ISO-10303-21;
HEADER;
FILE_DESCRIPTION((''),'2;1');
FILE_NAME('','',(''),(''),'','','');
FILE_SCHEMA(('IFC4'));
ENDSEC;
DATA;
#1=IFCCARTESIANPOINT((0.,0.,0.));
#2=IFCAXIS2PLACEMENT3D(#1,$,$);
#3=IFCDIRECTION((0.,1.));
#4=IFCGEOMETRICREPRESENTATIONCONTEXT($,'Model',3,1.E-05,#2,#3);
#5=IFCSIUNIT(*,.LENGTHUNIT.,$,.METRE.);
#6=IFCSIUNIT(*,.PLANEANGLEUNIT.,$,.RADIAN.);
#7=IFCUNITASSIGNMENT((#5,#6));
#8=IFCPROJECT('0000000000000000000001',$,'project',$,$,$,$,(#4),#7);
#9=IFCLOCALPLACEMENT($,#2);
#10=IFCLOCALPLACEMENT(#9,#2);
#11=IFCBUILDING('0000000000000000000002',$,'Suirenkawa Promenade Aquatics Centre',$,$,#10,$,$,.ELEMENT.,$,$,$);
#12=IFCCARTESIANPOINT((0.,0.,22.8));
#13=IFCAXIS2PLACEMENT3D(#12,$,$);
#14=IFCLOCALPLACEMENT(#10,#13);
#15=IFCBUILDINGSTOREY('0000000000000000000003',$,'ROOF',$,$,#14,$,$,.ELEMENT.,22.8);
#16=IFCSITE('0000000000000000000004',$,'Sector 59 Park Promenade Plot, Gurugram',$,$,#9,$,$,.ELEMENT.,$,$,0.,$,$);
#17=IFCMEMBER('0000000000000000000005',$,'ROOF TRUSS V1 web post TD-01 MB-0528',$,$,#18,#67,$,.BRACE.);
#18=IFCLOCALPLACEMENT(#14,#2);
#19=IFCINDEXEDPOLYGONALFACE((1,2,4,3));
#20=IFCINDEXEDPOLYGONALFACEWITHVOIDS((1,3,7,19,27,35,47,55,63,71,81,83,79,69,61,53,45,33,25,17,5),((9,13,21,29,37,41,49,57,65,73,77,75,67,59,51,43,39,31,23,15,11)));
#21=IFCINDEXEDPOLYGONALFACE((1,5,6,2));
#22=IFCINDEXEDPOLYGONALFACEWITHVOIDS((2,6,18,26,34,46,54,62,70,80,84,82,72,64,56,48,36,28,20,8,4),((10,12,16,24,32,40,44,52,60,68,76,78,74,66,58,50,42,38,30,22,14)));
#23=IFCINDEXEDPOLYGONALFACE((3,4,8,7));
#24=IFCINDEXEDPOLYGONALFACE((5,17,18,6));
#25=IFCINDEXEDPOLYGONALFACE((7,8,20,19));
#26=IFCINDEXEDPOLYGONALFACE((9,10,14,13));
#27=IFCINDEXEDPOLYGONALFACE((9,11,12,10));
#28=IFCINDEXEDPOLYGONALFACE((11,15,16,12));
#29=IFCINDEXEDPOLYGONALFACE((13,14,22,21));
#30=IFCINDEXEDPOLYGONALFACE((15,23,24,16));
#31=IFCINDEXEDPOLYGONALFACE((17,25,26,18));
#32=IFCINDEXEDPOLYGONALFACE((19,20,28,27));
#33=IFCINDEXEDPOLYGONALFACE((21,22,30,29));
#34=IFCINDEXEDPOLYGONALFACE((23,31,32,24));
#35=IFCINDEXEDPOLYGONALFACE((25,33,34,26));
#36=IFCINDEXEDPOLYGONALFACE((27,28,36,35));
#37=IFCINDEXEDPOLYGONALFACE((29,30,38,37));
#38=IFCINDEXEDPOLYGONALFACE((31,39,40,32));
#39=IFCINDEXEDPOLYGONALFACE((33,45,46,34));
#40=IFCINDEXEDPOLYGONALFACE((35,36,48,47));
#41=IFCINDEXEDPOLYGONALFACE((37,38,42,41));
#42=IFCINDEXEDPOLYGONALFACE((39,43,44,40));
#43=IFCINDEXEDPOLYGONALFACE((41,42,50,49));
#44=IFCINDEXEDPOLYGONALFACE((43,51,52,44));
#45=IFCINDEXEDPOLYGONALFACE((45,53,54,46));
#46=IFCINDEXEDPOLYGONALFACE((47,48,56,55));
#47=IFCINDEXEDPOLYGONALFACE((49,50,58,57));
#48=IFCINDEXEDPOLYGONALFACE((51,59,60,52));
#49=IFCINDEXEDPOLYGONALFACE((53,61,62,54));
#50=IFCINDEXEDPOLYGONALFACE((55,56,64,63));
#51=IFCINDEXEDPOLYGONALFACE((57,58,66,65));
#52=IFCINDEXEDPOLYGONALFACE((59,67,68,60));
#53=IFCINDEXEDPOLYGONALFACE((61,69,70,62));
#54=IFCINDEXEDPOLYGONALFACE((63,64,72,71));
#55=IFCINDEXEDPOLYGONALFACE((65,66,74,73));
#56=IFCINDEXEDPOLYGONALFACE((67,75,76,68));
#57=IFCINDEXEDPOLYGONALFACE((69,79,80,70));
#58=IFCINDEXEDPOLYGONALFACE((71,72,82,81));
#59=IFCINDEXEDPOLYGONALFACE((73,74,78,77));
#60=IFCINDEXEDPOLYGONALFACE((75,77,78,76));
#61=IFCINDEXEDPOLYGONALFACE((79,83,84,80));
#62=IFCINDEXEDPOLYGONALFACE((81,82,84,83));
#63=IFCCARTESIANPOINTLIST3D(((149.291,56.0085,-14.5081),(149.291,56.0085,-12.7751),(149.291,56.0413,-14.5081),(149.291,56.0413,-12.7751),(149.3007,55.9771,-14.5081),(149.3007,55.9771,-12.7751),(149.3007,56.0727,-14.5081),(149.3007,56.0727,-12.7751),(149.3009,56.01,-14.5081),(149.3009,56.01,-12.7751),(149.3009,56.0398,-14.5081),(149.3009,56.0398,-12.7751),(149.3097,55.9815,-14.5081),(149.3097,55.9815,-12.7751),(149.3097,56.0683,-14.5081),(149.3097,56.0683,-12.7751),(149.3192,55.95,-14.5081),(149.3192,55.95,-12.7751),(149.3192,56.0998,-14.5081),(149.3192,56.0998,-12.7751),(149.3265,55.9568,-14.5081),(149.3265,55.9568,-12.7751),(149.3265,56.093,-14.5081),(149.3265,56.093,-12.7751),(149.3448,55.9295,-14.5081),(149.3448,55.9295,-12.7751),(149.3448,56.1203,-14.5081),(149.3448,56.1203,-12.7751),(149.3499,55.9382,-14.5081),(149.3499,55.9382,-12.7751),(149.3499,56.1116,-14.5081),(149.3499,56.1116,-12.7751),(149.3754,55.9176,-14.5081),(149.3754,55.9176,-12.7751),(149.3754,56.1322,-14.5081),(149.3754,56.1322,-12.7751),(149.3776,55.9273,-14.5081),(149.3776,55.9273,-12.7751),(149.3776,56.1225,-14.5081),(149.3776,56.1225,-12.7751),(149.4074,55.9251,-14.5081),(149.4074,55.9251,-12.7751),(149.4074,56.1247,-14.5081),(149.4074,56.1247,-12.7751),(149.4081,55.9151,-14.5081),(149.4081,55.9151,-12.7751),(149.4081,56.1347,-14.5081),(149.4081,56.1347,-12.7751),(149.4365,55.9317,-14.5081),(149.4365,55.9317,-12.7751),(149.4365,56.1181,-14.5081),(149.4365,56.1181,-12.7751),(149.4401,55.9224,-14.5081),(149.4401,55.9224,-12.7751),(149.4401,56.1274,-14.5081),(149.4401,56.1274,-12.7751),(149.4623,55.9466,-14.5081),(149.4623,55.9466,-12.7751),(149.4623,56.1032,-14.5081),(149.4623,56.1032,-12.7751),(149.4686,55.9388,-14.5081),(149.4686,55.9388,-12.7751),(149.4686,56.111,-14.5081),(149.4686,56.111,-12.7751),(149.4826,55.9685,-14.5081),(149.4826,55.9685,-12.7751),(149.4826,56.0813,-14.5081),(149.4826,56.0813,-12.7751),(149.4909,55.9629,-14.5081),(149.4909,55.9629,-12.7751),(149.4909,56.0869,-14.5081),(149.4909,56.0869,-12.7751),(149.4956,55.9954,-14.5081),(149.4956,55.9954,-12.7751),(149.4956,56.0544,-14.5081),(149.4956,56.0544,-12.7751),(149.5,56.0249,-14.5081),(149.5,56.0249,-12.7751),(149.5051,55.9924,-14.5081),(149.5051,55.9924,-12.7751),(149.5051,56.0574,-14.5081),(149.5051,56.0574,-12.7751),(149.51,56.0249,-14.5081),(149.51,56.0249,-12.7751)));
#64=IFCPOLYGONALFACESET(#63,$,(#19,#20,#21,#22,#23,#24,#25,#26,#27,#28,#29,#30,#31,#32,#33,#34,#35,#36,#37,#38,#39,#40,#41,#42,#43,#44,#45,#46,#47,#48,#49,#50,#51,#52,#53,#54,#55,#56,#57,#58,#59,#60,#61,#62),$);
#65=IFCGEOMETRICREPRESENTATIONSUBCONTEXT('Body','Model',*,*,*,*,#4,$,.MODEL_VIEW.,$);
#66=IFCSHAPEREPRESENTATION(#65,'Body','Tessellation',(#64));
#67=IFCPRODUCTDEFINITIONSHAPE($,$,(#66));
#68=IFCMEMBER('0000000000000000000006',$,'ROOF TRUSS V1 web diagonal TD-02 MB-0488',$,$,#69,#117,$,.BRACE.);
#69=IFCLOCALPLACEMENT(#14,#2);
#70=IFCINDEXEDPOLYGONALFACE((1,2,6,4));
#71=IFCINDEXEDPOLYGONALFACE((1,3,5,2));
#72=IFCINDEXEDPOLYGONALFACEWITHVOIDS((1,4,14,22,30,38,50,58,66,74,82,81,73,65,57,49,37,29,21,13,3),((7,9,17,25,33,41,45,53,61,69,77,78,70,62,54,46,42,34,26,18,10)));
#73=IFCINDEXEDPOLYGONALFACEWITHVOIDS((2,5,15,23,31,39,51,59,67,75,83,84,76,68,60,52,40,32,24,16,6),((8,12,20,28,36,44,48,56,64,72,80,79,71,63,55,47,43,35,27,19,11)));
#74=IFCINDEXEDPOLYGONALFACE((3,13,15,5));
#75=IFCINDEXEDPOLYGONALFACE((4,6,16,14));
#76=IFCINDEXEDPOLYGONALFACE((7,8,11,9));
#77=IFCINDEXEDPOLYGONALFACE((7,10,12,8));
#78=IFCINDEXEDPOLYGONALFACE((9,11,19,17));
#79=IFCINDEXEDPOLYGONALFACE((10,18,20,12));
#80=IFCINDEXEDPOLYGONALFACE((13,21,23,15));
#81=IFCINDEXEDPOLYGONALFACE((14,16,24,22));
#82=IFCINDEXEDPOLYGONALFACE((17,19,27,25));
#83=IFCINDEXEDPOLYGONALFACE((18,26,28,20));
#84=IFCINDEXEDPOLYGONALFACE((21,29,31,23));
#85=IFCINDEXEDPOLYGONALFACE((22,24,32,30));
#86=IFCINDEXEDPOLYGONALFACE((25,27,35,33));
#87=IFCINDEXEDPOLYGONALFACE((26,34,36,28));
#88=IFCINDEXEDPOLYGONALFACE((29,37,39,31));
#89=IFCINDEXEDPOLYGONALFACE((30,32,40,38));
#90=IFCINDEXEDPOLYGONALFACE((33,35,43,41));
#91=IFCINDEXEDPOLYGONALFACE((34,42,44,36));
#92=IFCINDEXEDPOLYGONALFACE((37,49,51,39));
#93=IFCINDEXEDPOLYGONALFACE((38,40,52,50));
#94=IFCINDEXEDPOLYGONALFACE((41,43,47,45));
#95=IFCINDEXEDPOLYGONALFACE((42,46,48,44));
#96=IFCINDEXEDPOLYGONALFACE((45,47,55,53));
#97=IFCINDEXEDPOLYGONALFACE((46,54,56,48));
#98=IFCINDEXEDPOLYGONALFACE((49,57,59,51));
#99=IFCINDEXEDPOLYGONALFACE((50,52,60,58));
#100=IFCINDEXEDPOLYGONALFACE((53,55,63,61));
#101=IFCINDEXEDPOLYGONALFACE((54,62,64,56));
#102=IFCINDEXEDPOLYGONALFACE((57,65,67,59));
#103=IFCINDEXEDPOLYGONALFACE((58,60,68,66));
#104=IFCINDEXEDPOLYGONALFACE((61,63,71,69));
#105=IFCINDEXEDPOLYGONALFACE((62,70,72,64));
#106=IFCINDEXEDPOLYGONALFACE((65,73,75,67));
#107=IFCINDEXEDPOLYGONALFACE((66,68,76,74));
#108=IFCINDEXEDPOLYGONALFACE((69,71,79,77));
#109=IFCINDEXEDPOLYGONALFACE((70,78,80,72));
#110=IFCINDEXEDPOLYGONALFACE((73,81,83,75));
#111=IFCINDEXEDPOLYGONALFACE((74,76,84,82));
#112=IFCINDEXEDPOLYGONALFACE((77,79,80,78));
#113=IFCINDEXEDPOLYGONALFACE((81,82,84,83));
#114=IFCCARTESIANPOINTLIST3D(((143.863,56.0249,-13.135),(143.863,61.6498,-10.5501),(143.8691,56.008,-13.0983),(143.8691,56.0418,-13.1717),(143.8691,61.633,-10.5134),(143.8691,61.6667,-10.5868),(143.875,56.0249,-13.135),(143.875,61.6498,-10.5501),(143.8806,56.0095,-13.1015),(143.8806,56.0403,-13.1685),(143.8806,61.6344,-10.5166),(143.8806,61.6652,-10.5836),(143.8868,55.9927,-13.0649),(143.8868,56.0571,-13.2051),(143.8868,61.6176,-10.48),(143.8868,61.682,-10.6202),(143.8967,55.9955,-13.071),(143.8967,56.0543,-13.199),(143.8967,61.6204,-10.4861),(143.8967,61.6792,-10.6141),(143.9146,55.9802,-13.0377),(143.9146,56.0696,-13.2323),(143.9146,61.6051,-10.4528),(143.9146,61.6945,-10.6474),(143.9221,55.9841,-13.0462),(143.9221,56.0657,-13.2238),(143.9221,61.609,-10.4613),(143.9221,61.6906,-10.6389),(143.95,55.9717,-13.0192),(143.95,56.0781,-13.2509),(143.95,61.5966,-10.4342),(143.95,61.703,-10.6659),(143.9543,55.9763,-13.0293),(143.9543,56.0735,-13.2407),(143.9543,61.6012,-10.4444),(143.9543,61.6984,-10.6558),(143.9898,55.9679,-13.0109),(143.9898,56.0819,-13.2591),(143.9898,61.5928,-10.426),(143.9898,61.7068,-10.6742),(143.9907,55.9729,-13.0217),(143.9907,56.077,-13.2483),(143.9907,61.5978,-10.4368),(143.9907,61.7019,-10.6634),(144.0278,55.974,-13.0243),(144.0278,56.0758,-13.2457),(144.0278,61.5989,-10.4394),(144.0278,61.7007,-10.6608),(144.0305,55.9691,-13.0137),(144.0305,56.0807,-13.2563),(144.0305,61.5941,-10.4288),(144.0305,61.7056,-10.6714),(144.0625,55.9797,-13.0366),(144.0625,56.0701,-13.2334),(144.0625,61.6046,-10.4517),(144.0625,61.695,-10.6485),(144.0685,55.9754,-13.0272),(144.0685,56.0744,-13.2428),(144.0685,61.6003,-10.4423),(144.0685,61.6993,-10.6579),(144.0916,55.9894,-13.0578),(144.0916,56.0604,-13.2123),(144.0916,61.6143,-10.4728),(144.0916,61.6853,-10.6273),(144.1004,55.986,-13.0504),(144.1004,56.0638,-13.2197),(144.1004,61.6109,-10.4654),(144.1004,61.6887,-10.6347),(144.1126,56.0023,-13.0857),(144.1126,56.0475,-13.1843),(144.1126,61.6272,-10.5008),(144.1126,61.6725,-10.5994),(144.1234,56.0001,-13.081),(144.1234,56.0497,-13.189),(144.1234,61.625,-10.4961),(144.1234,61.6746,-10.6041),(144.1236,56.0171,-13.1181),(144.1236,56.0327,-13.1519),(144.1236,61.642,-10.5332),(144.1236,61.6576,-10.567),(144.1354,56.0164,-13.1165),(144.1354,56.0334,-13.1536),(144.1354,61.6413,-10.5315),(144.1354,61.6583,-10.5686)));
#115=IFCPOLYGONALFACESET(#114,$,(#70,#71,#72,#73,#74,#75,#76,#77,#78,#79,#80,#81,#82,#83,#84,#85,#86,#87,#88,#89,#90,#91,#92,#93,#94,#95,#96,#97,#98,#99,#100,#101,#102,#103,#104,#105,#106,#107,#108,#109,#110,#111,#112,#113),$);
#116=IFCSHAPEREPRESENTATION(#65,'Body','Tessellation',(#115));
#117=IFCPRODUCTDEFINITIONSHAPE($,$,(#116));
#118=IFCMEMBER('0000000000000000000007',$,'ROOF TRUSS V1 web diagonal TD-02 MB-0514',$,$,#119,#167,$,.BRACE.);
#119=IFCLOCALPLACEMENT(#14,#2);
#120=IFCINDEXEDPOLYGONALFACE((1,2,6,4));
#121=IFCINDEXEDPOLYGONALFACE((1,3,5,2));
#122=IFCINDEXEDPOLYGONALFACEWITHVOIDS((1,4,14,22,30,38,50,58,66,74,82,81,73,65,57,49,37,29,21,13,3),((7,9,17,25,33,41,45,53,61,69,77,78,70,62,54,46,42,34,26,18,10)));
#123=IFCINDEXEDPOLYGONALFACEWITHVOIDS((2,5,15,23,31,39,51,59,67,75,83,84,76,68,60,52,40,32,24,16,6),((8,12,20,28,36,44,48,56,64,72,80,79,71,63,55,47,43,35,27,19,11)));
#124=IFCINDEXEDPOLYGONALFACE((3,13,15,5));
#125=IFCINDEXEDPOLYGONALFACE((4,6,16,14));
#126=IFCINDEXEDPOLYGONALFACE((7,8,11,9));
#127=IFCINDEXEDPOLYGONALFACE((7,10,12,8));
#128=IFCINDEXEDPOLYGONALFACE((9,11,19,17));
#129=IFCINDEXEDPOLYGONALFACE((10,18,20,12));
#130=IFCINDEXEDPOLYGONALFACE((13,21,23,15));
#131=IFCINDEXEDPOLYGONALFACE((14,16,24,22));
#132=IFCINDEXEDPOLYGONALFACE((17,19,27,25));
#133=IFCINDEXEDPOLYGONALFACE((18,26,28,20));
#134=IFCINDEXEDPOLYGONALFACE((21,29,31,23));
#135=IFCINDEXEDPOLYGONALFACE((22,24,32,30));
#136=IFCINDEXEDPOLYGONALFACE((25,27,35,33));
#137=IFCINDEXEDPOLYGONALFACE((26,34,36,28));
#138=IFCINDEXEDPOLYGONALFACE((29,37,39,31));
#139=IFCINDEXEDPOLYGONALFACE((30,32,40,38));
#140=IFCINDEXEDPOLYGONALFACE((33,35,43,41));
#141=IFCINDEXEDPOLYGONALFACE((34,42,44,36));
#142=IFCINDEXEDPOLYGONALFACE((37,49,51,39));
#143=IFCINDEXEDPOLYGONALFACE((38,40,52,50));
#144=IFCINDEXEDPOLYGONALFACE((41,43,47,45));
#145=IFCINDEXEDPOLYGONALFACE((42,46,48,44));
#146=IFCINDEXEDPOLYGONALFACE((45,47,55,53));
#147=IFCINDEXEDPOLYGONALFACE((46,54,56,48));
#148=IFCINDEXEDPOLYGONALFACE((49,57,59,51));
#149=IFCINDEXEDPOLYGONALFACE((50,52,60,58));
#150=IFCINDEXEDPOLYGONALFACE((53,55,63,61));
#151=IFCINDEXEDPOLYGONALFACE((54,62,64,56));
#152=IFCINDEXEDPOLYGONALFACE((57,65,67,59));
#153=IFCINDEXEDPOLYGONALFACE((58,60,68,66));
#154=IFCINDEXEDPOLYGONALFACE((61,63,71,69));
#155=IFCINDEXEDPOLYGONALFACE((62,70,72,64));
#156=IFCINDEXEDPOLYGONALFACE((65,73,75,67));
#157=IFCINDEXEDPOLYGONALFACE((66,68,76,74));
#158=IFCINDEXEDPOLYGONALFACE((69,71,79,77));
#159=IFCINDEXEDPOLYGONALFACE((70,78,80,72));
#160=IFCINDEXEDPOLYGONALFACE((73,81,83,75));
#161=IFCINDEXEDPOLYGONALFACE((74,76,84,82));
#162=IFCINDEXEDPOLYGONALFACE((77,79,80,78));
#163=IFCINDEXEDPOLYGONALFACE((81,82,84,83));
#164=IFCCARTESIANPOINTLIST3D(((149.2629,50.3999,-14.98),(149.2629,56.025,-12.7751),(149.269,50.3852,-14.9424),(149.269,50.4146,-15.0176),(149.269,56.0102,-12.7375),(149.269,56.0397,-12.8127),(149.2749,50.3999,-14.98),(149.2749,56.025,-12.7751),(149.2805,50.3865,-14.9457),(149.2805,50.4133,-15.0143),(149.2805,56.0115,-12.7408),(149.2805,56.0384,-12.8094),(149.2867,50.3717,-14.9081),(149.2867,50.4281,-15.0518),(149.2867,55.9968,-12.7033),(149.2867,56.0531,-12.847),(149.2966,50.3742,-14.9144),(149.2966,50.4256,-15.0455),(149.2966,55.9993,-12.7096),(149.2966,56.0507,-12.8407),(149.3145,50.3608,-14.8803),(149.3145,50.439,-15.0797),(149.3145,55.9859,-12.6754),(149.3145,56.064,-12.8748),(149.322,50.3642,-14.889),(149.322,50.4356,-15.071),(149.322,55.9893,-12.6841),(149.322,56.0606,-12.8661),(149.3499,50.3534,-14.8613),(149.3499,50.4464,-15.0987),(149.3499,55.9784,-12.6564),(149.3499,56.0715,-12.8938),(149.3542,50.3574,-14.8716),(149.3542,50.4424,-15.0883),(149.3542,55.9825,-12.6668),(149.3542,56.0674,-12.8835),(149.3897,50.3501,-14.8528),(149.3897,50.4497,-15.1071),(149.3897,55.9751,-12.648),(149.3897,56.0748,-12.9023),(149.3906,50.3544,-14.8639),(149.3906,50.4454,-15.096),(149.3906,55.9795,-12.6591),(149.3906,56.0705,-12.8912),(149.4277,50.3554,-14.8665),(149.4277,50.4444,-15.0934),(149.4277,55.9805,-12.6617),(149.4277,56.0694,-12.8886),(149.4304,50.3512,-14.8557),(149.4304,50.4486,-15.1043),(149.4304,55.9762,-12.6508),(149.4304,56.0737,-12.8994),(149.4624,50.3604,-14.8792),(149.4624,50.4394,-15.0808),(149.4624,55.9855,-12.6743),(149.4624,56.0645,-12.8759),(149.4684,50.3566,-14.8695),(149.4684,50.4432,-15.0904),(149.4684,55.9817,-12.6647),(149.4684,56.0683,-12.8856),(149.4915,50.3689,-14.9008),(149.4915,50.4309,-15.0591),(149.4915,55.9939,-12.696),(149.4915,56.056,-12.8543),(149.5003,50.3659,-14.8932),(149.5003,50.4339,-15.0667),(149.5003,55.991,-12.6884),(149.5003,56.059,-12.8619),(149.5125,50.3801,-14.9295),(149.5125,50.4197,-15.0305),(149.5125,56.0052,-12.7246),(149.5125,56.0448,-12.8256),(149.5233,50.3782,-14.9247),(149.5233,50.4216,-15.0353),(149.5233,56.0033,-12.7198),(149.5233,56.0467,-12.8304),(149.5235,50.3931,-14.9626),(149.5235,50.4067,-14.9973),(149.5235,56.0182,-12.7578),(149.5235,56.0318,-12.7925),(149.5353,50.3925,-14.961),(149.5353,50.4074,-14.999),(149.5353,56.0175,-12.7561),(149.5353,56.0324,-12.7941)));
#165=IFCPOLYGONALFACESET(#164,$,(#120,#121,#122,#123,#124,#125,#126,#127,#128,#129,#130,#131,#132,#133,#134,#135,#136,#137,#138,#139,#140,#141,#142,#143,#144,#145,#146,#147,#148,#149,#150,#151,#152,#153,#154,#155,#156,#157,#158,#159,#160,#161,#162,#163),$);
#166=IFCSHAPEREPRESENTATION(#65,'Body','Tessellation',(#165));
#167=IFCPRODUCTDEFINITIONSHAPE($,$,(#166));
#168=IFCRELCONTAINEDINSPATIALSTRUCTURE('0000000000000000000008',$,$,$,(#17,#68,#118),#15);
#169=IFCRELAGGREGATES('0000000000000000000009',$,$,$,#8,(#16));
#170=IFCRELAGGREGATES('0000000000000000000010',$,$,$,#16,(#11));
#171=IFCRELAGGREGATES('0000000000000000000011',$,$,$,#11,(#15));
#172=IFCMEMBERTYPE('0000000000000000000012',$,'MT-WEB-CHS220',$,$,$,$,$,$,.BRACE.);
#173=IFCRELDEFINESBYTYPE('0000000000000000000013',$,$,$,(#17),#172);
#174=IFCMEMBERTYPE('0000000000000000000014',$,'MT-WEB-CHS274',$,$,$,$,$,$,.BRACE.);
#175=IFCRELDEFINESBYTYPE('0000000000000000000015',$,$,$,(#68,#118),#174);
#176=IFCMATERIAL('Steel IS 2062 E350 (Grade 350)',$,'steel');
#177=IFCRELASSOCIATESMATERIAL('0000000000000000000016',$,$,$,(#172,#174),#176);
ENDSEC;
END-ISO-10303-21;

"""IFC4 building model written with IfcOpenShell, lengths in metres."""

from ifc_helpers import new_model, si_unit, direction, frame, origin, origin_2d, place, context, subcontext, project, spatial, hollow_circle, extrude, material, material_profile, profile_set, type_object, element, save


model = new_model("IFC4")

# Units and contexts
model_context = context("Model", 3, precision=1e-05, world=origin(), true_north=direction((0.0, 1.0)))
body_context = subcontext(model_context, "Body", "Model", "MODEL_VIEW")
ifc_project = project(units=[si_unit("LENGTHUNIT", "METRE"), si_unit("PLANEANGLEUNIT", "RADIAN")], contexts=[model_context])

# Site, building, storey
site_placement = place(None, origin())
site = spatial("IfcSite", under=ifc_project, at=site_placement, Name="Sector 59 Park Promenade Plot, Gurugram", CompositionType="ELEMENT", RefElevation=0.0)
building_placement = place(site_placement, origin())
building = spatial("IfcBuilding", under=site, at=building_placement, Name="Suirenkawa Promenade Aquatics Centre", CompositionType="ELEMENT")
storey_placement = place(building_placement, frame((0.0, 0.0, 22.8)))
storey = spatial("IfcBuildingStorey", under=building, at=storey_placement, Name="ROOF", CompositionType="ELEMENT", Elevation=22.8)

# Shared definitions
ifc_material_1 = material(Name="Steel IS 2062 E350 (Grade 350)", Category="steel")

# Members
ifc_material_profile_1 = material_profile(ifc_material_1, hollow_circle(Radius=0.1101, WallThickness=0.01, at=origin_2d()), Name="CHS 220x10", Category="steel")
ifc_profile_set_1 = profile_set([ifc_material_profile_1], Name="Steel IS 2062 E350 (Grade 350)")
member_type_1 = type_object("IfcMemberType", Name="MT-WEB-CHS220", PredefinedType="BRACE", material=ifc_profile_set_1)
member_1_placement = place(storey_placement, frame((149.3999, 56.0249, -14.5081), z_axis=(0.0, 0.0, 1.0), x_axis=(1.0, 0.0, 0.0)))
element("IfcMember", 1, at=member_1_placement, inside=storey, type_object=member_type_1, Name="ROOF TRUSS V1 web post TD-01 MB-0528", PredefinedType="BRACE", context=body_context, shape_type="SweptSolid", body=[
    extrude(hollow_circle(Radius=0.1101, WallThickness=0.01, at=origin_2d()), origin(), (0.0, 0.0, 1.0), 1.7329),
])
ifc_material_profile_2 = material_profile(ifc_material_1, hollow_circle(Radius=0.137, WallThickness=0.012, at=origin_2d()), Name="CHS 274x12", Category="steel")
ifc_profile_set_2 = profile_set([ifc_material_profile_2], Name="Steel IS 2062 E350 (Grade 350)")
member_type_2 = type_object("IfcMemberType", Name="MT-WEB-CHS274", PredefinedType="BRACE", material=ifc_profile_set_2)
member_2_placement = place(storey_placement, frame((144.0, 56.0249, -13.135), z_axis=(0.0, 0.908646, 0.417567), x_axis=(-1.0, 0.0, 0.0)))
element("IfcMember", 2, at=member_2_placement, inside=storey, type_object=member_type_2, Name="ROOF TRUSS V1 web diagonal TD-02 MB-0488", PredefinedType="BRACE", context=body_context, shape_type="SweptSolid", body=[
    extrude(hollow_circle(Radius=0.137, WallThickness=0.012, at=origin_2d()), origin(), (0.0, 0.0, 1.0), 6.1904),
])
member_3_placement = place(storey_placement, frame((149.3999, 50.3999, -14.98), z_axis=(0.0, 0.931032, 0.364937), x_axis=(-1.0, 0.0, 0.0)))
element("IfcMember", 3, at=member_3_placement, inside=storey, type_object=member_type_2, Name="ROOF TRUSS V1 web diagonal TD-02 MB-0514", PredefinedType="BRACE", context=body_context, shape_type="SweptSolid", body=[
    extrude(hollow_circle(Radius=0.137, WallThickness=0.012, at=origin_2d()), origin(), (0.0, 0.0, 1.0), 6.0417),
])

save(model, "model.ifc")
